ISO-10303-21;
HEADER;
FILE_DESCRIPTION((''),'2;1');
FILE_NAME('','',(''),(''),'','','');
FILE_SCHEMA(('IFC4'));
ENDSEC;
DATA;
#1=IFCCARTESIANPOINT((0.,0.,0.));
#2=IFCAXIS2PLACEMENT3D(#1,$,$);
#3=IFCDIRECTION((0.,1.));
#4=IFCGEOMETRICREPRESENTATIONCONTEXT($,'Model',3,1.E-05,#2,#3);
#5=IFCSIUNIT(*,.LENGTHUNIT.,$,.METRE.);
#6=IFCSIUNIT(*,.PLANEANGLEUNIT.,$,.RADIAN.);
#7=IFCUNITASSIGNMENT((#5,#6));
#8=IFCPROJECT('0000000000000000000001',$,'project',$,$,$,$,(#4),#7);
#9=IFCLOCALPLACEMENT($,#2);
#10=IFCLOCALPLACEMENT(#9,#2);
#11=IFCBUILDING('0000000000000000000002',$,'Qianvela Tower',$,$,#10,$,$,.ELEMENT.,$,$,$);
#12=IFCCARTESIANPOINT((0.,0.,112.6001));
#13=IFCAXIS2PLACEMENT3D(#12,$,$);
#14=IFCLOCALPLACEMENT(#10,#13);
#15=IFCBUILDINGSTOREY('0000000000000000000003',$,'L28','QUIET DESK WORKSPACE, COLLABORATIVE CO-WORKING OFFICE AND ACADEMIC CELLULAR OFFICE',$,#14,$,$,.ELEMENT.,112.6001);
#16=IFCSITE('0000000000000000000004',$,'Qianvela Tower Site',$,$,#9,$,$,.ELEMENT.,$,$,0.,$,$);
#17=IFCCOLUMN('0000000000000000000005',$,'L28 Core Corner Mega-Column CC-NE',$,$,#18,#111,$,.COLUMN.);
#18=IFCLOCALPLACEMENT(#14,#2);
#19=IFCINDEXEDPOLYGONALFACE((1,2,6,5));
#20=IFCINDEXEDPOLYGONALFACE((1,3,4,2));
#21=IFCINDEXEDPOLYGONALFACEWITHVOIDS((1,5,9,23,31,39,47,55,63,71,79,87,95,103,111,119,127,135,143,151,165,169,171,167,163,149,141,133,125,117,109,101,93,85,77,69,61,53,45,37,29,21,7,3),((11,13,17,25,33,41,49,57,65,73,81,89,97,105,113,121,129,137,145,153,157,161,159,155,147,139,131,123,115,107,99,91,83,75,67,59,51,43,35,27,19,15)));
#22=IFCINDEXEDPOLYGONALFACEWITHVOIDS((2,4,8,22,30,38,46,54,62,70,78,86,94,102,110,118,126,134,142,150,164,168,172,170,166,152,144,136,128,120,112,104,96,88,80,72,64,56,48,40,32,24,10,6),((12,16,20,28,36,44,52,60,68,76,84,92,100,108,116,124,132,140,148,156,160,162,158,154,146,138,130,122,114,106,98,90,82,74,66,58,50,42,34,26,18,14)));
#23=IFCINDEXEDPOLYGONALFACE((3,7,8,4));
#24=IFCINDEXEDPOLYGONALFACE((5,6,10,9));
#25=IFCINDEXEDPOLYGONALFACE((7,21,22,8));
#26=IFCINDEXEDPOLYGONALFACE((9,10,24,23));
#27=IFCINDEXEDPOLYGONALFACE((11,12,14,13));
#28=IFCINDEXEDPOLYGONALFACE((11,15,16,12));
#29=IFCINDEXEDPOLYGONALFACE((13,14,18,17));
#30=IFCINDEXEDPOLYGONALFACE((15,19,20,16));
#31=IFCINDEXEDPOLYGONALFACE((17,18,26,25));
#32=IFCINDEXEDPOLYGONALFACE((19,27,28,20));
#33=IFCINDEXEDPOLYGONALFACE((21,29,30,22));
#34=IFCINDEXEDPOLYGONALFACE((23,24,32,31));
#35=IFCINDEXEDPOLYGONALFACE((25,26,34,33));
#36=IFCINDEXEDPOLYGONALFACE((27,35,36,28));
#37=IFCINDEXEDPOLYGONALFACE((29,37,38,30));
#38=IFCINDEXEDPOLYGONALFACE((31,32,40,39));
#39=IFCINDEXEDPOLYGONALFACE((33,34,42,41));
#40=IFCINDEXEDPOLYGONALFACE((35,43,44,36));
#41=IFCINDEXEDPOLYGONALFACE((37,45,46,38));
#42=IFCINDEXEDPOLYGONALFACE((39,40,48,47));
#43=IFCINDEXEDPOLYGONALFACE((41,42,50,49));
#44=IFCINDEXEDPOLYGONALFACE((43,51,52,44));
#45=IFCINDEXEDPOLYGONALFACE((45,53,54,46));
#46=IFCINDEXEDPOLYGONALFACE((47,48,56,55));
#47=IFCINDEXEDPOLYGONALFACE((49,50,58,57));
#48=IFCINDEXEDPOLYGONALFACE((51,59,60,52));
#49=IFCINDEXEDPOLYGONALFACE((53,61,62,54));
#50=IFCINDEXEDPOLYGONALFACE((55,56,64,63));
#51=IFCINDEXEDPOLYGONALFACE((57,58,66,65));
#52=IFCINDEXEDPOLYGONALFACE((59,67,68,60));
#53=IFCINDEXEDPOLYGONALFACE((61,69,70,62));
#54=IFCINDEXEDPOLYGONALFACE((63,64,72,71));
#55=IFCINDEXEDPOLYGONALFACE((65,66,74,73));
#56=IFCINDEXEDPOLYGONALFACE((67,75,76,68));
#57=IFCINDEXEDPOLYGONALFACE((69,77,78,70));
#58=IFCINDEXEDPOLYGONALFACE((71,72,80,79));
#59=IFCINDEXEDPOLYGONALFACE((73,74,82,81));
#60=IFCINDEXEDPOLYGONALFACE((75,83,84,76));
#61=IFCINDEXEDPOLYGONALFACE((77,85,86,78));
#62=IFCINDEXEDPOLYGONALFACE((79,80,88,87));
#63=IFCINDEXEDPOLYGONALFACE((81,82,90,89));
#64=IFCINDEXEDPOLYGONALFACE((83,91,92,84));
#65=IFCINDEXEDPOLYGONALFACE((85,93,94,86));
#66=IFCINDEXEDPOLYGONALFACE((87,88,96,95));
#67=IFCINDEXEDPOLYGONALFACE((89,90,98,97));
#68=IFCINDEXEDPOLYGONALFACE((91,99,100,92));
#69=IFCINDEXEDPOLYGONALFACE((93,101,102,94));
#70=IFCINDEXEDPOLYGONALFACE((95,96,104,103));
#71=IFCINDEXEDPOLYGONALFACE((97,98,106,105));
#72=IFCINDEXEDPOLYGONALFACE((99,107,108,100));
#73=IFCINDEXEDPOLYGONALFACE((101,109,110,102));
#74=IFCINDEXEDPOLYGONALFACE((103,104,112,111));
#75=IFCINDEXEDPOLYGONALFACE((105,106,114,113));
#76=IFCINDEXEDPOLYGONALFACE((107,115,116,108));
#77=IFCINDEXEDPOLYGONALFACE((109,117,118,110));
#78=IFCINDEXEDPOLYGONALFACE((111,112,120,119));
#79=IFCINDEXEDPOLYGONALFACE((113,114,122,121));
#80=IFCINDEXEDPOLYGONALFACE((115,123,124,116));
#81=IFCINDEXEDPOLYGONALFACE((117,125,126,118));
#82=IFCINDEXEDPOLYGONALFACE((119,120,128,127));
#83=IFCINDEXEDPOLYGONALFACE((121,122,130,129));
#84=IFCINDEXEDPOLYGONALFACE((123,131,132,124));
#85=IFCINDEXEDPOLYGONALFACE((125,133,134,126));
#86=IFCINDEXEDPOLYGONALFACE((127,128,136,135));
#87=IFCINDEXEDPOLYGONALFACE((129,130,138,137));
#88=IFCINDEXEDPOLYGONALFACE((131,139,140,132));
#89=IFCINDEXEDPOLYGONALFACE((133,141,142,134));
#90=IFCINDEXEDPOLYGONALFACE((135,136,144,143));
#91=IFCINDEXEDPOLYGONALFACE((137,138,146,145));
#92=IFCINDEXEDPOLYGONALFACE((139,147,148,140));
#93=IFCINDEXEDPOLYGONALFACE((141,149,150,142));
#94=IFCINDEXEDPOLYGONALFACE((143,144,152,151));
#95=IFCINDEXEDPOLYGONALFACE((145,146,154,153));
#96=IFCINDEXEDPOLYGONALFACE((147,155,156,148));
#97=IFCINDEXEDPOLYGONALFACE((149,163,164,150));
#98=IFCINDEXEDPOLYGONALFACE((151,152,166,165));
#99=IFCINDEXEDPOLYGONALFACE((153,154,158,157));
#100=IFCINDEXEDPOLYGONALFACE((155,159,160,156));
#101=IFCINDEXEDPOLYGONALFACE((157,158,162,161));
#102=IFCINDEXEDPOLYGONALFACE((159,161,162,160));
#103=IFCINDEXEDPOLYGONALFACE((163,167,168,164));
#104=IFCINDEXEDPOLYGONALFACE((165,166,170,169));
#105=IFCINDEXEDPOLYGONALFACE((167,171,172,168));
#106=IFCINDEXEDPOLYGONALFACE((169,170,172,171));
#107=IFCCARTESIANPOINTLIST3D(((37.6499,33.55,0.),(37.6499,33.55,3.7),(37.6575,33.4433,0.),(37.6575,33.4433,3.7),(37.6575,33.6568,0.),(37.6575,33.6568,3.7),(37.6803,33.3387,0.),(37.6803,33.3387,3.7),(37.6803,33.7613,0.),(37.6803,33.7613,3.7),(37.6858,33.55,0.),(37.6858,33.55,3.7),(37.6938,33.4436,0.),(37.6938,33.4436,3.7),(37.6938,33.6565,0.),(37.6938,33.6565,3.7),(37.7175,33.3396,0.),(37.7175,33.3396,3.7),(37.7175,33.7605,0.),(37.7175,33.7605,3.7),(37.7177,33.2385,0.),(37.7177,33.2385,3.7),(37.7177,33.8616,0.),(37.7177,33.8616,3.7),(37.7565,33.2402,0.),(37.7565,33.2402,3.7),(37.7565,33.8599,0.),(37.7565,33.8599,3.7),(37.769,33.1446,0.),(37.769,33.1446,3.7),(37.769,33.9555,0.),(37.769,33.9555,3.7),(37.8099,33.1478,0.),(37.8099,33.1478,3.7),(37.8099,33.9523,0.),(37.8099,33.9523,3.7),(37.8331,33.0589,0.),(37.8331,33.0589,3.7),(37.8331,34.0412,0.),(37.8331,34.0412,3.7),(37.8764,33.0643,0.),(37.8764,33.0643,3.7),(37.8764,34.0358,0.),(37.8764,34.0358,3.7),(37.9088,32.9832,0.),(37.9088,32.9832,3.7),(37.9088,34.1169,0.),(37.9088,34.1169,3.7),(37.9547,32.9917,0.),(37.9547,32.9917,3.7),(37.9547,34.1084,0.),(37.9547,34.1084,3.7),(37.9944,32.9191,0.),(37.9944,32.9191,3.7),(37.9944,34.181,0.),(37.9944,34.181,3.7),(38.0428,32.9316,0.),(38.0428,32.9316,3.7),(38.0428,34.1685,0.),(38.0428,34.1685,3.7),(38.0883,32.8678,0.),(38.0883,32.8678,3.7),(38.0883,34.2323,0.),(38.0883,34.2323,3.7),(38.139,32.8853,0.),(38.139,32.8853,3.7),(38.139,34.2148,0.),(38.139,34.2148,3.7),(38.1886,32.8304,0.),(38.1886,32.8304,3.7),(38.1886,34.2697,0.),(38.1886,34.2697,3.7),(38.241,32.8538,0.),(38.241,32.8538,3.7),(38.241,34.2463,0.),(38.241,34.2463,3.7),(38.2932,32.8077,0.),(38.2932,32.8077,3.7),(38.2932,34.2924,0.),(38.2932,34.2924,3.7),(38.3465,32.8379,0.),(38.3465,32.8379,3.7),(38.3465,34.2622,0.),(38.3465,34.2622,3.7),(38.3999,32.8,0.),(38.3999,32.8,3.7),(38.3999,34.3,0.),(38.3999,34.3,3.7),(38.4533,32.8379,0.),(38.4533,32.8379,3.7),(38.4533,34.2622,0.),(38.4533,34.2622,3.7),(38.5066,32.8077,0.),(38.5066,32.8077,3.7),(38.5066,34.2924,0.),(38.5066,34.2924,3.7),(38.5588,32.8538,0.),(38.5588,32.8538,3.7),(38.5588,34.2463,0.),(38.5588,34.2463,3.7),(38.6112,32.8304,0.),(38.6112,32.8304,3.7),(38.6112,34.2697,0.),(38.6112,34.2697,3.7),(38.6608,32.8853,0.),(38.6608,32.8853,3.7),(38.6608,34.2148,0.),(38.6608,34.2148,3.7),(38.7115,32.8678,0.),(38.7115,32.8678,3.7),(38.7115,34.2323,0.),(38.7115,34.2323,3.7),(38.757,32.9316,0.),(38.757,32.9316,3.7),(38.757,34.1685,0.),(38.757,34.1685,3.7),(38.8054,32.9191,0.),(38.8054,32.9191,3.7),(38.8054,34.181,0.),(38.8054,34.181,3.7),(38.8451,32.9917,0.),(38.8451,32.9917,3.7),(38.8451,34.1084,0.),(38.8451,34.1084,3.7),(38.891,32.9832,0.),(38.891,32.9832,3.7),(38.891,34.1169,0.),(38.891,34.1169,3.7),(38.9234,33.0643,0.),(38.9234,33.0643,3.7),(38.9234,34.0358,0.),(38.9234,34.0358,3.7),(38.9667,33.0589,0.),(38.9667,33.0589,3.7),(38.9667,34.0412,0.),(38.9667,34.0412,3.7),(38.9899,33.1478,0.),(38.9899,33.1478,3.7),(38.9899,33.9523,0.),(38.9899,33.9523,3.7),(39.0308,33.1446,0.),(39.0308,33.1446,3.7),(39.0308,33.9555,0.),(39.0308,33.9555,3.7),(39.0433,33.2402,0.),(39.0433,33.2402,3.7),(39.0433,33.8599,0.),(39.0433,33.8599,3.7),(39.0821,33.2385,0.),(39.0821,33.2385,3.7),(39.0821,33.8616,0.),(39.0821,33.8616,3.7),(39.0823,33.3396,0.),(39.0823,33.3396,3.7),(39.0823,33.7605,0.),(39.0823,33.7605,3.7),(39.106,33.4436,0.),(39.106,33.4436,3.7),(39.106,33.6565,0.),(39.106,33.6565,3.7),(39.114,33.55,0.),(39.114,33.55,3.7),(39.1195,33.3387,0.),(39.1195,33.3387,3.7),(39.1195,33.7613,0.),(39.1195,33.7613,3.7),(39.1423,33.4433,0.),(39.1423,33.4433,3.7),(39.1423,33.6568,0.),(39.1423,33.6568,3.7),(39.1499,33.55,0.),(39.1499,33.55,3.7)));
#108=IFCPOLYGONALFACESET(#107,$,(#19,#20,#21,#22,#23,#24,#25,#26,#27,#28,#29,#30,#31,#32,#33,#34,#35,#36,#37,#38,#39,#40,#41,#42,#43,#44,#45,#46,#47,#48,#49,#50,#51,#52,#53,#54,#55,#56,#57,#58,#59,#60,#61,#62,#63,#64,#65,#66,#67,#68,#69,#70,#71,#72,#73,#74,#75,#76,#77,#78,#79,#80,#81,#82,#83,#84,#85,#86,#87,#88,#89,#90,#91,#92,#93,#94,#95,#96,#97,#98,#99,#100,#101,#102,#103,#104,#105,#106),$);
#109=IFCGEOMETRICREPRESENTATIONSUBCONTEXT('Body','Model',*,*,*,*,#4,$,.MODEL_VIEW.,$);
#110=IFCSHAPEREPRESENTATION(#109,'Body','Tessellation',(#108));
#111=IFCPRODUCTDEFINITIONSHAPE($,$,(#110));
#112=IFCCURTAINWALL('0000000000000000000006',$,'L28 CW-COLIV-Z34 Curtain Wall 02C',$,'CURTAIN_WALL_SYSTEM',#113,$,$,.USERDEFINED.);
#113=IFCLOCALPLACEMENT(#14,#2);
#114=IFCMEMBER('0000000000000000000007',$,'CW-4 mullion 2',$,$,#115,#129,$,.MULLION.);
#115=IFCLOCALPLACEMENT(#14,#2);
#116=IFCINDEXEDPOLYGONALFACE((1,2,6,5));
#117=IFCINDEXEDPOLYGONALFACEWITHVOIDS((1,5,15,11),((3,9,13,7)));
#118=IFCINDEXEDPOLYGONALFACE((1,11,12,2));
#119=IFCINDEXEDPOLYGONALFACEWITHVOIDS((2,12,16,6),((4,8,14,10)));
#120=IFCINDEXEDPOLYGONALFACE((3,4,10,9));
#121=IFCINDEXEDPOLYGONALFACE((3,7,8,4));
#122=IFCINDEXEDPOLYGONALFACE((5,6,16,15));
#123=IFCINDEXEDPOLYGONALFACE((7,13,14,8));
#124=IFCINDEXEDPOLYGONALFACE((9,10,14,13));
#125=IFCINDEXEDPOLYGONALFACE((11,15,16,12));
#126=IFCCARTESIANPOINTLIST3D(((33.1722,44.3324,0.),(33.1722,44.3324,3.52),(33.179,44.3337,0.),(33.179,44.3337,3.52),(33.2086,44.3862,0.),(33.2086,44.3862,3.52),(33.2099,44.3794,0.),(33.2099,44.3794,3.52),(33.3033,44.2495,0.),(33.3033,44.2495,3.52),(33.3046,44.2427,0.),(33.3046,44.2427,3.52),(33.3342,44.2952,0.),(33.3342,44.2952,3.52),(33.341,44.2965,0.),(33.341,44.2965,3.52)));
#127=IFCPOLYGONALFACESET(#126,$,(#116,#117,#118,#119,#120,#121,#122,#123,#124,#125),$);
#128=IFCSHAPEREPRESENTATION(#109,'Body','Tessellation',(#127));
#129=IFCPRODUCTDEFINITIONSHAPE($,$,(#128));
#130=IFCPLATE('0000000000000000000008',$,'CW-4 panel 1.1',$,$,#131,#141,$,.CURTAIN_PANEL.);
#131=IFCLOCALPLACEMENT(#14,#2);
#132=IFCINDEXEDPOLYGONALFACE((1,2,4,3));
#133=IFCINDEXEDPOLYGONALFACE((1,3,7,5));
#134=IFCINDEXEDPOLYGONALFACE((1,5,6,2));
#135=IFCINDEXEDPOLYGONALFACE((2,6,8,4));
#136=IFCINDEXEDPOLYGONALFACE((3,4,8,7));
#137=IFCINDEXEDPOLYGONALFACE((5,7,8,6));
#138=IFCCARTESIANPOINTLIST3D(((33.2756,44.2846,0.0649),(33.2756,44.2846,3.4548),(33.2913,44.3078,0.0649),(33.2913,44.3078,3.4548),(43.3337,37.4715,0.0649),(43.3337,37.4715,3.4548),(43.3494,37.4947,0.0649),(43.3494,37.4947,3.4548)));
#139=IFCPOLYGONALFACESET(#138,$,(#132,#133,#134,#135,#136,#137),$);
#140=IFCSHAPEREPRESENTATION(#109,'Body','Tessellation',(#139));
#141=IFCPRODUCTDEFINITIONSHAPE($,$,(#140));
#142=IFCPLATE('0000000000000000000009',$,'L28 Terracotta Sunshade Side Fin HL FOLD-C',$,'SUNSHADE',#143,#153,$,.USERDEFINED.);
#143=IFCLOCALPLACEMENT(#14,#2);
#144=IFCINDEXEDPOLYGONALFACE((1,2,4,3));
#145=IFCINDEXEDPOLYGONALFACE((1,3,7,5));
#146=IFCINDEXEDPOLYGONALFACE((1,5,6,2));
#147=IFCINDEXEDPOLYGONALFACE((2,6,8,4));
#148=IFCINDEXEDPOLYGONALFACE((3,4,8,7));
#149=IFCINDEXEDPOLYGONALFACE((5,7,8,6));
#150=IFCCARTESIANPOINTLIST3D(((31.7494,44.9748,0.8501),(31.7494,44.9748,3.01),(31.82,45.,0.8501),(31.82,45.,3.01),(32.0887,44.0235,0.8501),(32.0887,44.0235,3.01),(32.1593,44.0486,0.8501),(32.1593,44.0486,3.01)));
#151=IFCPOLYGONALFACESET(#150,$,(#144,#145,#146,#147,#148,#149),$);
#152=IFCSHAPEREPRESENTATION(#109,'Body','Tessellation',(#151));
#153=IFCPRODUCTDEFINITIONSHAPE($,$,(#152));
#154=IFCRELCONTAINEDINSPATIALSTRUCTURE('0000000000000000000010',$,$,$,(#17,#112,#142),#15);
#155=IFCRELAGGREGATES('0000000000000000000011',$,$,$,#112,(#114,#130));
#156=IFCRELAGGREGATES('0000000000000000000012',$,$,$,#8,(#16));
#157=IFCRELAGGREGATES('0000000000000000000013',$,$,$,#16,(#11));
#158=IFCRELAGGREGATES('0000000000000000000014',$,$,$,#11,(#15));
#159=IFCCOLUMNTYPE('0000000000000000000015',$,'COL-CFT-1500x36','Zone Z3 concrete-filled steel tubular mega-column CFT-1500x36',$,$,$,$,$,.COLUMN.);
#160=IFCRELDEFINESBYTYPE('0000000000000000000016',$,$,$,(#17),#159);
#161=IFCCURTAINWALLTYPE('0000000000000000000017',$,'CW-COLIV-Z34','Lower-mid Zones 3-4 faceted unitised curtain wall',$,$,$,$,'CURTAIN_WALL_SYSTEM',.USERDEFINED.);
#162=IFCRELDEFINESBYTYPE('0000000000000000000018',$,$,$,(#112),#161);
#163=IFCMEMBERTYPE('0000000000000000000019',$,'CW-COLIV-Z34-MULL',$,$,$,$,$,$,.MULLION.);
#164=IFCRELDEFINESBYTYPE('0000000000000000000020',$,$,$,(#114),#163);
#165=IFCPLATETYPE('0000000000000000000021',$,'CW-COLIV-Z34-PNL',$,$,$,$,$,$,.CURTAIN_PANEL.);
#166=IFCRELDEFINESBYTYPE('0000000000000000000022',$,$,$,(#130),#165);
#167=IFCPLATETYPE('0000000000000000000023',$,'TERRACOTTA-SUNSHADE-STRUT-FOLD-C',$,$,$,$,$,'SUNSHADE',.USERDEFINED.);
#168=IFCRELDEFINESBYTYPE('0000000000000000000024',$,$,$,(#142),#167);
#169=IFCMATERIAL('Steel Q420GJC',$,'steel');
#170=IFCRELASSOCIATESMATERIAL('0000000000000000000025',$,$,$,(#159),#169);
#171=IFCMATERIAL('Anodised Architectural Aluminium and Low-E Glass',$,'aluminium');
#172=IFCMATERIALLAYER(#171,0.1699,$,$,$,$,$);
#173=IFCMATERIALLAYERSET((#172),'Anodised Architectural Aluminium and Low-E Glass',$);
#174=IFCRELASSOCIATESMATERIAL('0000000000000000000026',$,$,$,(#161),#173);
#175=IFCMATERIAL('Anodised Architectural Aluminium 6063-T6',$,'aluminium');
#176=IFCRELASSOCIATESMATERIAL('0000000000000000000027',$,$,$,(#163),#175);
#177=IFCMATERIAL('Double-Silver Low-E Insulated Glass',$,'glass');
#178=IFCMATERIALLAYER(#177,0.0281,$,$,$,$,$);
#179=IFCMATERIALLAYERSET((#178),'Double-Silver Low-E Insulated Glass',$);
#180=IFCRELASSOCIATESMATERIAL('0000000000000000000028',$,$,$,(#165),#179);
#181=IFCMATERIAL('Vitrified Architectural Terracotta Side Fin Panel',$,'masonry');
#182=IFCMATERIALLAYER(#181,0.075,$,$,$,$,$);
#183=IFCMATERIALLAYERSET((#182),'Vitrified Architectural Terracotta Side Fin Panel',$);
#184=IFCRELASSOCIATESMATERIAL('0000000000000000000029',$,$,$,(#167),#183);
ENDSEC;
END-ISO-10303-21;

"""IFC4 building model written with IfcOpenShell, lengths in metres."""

from ifc_helpers import new_model, si_unit, direction, frame, origin, origin_2d, place, context, subcontext, project, spatial, rectangle, hollow_rectangle, hollow_circle, extrude, material, layer, layer_set, material_profile, profile_set, type_object, element, aggregate, save


model = new_model("IFC4")

# Units and contexts
model_context = context("Model", 3, precision=1e-05, world=origin(), true_north=direction((0.0, 1.0)))
body_context = subcontext(model_context, "Body", "Model", "MODEL_VIEW")
ifc_project = project(units=[si_unit("LENGTHUNIT", "METRE"), si_unit("PLANEANGLEUNIT", "RADIAN")], contexts=[model_context])

# Site, building, storey
site_placement = place(None, origin())
site = spatial("IfcSite", under=ifc_project, at=site_placement, Name="Qianvela Tower Site", CompositionType="ELEMENT", RefElevation=0.0)
building_placement = place(site_placement, origin())
building = spatial("IfcBuilding", under=site, at=building_placement, Name="Qianvela Tower", CompositionType="ELEMENT")
storey_placement = place(building_placement, frame((0.0, 0.0, 112.6001)))
storey = spatial("IfcBuildingStorey", under=building, at=storey_placement, Name="L28", Description="QUIET DESK WORKSPACE, COLLABORATIVE CO-WORKING OFFICE AND ACADEMIC CELLULAR OFFICE", CompositionType="ELEMENT", Elevation=112.6001)

# Column
ifc_material_1 = material(Name="Steel Q420GJC", Category="steel")
ifc_material_profile_1 = material_profile(ifc_material_1, hollow_circle(Radius=0.75, WallThickness=0.0359, at=origin_2d()), Name="CFT-1500x36")
ifc_profile_set_1 = profile_set([ifc_material_profile_1], Name="Steel Q420GJC")
column_type = type_object("IfcColumnType", Name="COL-CFT-1500x36", Description="Zone Z3 concrete-filled steel tubular mega-column CFT-1500x36", PredefinedType="COLUMN", material=ifc_profile_set_1)
column_placement = place(storey_placement, frame((38.3999, 33.55, 0.0), z_axis=(0.0, 0.0, 1.0), x_axis=(1.0, 0.0, 0.0)))
element("IfcColumn", 1, at=column_placement, inside=storey, type_object=column_type, Name="L28 Core Corner Mega-Column CC-NE", PredefinedType="COLUMN", context=body_context, shape_type="SweptSolid", body=[
    extrude(hollow_circle(Radius=0.75, WallThickness=0.0359, at=origin_2d()), origin(), (0.0, 0.0, 1.0), 3.7),
])

# Curtain wall, member, plate
ifc_material_2 = material(Name="Anodised Architectural Aluminium and Low-E Glass", Category="aluminium")
ifc_layer_1 = layer(ifc_material_2, 0.1699)
ifc_layer_set_1 = layer_set([ifc_layer_1], Name="Anodised Architectural Aluminium and Low-E Glass")
curtain_wall_type = type_object("IfcCurtainWallType", Name="CW-COLIV-Z34", Description="Lower-mid Zones 3-4 faceted unitised curtain wall", ElementType="CURTAIN_WALL_SYSTEM", PredefinedType="USERDEFINED", material=ifc_layer_set_1)
curtain_wall_placement = place(storey_placement, origin())
curtain_wall = element("IfcCurtainWall", 2, at=curtain_wall_placement, inside=storey, type_object=curtain_wall_type, Name="L28 CW-COLIV-Z34 Curtain Wall 02C", ObjectType="CURTAIN_WALL_SYSTEM", PredefinedType="USERDEFINED")
ifc_material_3 = material(Name="Anodised Architectural Aluminium 6063-T6", Category="aluminium")
ifc_material_profile_2 = material_profile(ifc_material_3, hollow_rectangle(XDim=0.0649, YDim=0.1599, WallThickness=0.0049, at=origin_2d()), Name="ALU-MULL-65x160")
ifc_profile_set_2 = profile_set([ifc_material_profile_2], Name="Anodised Architectural Aluminium 6063-T6")
member_type = type_object("IfcMemberType", Name="CW-COLIV-Z34-MULL", PredefinedType="MULLION", material=ifc_profile_set_2)
member_placement = place(storey_placement, frame((33.2566, 44.3145, 0.0), z_axis=(0.0, 0.0, 1.0), x_axis=(-0.560825, -0.827934, 0.0)))
member = element("IfcMember", 3, at=member_placement, type_object=member_type, Name="CW-4 mullion 2", PredefinedType="MULLION", context=body_context, shape_type="SweptSolid", body=[
    extrude(hollow_rectangle(XDim=0.0649, YDim=0.1599, WallThickness=0.0049, at=origin_2d()), origin(), (0.0, 0.0, 1.0), 3.52),
])
ifc_material_4 = material(Name="Double-Silver Low-E Insulated Glass", Category="glass")
ifc_layer_2 = layer(ifc_material_4, 0.0281)
ifc_layer_set_2 = layer_set([ifc_layer_2], Name="Double-Silver Low-E Insulated Glass")
plate_type_1 = type_object("IfcPlateType", Name="CW-COLIV-Z34-PNL", PredefinedType="CURTAIN_PANEL", material=ifc_layer_set_2)
plate_1_placement = place(storey_placement, frame((38.3125, 40.8896, 0.0649), z_axis=(0.0, 0.0, 1.0), x_axis=(-0.827934, 0.560825, 0.0)))
plate_1 = element("IfcPlate", 4, at=plate_1_placement, type_object=plate_type_1, Name="CW-4 panel 1.1", PredefinedType="CURTAIN_PANEL", context=body_context, shape_type="SweptSolid", body=[
    extrude(rectangle(XDim=12.1484, YDim=0.0281, at=origin_2d()), origin(), (0.0, 0.0, 1.0), 3.3899),
])
aggregate(curtain_wall, [member, plate_1])

# Plate
ifc_material_5 = material(Name="Vitrified Architectural Terracotta Side Fin Panel", Category="masonry")
ifc_layer_3 = layer(ifc_material_5, 0.075)
ifc_layer_set_3 = layer_set([ifc_layer_3], Name="Vitrified Architectural Terracotta Side Fin Panel")
plate_type_2 = type_object("IfcPlateType", Name="TERRACOTTA-SUNSHADE-STRUT-FOLD-C", ElementType="SUNSHADE", PredefinedType="USERDEFINED", material=ifc_layer_set_3)
plate_2_placement = place(storey_placement, frame((31.9543, 44.5117, 0.8501), z_axis=(0.0, 0.0, 1.0), x_axis=(-0.941906, -0.335877, 0.0)))
element("IfcPlate", 5, at=plate_2_placement, inside=storey, type_object=plate_type_2, Name="L28 Terracotta Sunshade Side Fin HL FOLD-C", ObjectType="SUNSHADE", PredefinedType="USERDEFINED", context=body_context, shape_type="SweptSolid", body=[
    extrude(rectangle(XDim=0.075, YDim=1.01, at=origin_2d()), origin(), (0.0, 0.0, 1.0), 2.1599),
])

save(model, "model.ifc")
